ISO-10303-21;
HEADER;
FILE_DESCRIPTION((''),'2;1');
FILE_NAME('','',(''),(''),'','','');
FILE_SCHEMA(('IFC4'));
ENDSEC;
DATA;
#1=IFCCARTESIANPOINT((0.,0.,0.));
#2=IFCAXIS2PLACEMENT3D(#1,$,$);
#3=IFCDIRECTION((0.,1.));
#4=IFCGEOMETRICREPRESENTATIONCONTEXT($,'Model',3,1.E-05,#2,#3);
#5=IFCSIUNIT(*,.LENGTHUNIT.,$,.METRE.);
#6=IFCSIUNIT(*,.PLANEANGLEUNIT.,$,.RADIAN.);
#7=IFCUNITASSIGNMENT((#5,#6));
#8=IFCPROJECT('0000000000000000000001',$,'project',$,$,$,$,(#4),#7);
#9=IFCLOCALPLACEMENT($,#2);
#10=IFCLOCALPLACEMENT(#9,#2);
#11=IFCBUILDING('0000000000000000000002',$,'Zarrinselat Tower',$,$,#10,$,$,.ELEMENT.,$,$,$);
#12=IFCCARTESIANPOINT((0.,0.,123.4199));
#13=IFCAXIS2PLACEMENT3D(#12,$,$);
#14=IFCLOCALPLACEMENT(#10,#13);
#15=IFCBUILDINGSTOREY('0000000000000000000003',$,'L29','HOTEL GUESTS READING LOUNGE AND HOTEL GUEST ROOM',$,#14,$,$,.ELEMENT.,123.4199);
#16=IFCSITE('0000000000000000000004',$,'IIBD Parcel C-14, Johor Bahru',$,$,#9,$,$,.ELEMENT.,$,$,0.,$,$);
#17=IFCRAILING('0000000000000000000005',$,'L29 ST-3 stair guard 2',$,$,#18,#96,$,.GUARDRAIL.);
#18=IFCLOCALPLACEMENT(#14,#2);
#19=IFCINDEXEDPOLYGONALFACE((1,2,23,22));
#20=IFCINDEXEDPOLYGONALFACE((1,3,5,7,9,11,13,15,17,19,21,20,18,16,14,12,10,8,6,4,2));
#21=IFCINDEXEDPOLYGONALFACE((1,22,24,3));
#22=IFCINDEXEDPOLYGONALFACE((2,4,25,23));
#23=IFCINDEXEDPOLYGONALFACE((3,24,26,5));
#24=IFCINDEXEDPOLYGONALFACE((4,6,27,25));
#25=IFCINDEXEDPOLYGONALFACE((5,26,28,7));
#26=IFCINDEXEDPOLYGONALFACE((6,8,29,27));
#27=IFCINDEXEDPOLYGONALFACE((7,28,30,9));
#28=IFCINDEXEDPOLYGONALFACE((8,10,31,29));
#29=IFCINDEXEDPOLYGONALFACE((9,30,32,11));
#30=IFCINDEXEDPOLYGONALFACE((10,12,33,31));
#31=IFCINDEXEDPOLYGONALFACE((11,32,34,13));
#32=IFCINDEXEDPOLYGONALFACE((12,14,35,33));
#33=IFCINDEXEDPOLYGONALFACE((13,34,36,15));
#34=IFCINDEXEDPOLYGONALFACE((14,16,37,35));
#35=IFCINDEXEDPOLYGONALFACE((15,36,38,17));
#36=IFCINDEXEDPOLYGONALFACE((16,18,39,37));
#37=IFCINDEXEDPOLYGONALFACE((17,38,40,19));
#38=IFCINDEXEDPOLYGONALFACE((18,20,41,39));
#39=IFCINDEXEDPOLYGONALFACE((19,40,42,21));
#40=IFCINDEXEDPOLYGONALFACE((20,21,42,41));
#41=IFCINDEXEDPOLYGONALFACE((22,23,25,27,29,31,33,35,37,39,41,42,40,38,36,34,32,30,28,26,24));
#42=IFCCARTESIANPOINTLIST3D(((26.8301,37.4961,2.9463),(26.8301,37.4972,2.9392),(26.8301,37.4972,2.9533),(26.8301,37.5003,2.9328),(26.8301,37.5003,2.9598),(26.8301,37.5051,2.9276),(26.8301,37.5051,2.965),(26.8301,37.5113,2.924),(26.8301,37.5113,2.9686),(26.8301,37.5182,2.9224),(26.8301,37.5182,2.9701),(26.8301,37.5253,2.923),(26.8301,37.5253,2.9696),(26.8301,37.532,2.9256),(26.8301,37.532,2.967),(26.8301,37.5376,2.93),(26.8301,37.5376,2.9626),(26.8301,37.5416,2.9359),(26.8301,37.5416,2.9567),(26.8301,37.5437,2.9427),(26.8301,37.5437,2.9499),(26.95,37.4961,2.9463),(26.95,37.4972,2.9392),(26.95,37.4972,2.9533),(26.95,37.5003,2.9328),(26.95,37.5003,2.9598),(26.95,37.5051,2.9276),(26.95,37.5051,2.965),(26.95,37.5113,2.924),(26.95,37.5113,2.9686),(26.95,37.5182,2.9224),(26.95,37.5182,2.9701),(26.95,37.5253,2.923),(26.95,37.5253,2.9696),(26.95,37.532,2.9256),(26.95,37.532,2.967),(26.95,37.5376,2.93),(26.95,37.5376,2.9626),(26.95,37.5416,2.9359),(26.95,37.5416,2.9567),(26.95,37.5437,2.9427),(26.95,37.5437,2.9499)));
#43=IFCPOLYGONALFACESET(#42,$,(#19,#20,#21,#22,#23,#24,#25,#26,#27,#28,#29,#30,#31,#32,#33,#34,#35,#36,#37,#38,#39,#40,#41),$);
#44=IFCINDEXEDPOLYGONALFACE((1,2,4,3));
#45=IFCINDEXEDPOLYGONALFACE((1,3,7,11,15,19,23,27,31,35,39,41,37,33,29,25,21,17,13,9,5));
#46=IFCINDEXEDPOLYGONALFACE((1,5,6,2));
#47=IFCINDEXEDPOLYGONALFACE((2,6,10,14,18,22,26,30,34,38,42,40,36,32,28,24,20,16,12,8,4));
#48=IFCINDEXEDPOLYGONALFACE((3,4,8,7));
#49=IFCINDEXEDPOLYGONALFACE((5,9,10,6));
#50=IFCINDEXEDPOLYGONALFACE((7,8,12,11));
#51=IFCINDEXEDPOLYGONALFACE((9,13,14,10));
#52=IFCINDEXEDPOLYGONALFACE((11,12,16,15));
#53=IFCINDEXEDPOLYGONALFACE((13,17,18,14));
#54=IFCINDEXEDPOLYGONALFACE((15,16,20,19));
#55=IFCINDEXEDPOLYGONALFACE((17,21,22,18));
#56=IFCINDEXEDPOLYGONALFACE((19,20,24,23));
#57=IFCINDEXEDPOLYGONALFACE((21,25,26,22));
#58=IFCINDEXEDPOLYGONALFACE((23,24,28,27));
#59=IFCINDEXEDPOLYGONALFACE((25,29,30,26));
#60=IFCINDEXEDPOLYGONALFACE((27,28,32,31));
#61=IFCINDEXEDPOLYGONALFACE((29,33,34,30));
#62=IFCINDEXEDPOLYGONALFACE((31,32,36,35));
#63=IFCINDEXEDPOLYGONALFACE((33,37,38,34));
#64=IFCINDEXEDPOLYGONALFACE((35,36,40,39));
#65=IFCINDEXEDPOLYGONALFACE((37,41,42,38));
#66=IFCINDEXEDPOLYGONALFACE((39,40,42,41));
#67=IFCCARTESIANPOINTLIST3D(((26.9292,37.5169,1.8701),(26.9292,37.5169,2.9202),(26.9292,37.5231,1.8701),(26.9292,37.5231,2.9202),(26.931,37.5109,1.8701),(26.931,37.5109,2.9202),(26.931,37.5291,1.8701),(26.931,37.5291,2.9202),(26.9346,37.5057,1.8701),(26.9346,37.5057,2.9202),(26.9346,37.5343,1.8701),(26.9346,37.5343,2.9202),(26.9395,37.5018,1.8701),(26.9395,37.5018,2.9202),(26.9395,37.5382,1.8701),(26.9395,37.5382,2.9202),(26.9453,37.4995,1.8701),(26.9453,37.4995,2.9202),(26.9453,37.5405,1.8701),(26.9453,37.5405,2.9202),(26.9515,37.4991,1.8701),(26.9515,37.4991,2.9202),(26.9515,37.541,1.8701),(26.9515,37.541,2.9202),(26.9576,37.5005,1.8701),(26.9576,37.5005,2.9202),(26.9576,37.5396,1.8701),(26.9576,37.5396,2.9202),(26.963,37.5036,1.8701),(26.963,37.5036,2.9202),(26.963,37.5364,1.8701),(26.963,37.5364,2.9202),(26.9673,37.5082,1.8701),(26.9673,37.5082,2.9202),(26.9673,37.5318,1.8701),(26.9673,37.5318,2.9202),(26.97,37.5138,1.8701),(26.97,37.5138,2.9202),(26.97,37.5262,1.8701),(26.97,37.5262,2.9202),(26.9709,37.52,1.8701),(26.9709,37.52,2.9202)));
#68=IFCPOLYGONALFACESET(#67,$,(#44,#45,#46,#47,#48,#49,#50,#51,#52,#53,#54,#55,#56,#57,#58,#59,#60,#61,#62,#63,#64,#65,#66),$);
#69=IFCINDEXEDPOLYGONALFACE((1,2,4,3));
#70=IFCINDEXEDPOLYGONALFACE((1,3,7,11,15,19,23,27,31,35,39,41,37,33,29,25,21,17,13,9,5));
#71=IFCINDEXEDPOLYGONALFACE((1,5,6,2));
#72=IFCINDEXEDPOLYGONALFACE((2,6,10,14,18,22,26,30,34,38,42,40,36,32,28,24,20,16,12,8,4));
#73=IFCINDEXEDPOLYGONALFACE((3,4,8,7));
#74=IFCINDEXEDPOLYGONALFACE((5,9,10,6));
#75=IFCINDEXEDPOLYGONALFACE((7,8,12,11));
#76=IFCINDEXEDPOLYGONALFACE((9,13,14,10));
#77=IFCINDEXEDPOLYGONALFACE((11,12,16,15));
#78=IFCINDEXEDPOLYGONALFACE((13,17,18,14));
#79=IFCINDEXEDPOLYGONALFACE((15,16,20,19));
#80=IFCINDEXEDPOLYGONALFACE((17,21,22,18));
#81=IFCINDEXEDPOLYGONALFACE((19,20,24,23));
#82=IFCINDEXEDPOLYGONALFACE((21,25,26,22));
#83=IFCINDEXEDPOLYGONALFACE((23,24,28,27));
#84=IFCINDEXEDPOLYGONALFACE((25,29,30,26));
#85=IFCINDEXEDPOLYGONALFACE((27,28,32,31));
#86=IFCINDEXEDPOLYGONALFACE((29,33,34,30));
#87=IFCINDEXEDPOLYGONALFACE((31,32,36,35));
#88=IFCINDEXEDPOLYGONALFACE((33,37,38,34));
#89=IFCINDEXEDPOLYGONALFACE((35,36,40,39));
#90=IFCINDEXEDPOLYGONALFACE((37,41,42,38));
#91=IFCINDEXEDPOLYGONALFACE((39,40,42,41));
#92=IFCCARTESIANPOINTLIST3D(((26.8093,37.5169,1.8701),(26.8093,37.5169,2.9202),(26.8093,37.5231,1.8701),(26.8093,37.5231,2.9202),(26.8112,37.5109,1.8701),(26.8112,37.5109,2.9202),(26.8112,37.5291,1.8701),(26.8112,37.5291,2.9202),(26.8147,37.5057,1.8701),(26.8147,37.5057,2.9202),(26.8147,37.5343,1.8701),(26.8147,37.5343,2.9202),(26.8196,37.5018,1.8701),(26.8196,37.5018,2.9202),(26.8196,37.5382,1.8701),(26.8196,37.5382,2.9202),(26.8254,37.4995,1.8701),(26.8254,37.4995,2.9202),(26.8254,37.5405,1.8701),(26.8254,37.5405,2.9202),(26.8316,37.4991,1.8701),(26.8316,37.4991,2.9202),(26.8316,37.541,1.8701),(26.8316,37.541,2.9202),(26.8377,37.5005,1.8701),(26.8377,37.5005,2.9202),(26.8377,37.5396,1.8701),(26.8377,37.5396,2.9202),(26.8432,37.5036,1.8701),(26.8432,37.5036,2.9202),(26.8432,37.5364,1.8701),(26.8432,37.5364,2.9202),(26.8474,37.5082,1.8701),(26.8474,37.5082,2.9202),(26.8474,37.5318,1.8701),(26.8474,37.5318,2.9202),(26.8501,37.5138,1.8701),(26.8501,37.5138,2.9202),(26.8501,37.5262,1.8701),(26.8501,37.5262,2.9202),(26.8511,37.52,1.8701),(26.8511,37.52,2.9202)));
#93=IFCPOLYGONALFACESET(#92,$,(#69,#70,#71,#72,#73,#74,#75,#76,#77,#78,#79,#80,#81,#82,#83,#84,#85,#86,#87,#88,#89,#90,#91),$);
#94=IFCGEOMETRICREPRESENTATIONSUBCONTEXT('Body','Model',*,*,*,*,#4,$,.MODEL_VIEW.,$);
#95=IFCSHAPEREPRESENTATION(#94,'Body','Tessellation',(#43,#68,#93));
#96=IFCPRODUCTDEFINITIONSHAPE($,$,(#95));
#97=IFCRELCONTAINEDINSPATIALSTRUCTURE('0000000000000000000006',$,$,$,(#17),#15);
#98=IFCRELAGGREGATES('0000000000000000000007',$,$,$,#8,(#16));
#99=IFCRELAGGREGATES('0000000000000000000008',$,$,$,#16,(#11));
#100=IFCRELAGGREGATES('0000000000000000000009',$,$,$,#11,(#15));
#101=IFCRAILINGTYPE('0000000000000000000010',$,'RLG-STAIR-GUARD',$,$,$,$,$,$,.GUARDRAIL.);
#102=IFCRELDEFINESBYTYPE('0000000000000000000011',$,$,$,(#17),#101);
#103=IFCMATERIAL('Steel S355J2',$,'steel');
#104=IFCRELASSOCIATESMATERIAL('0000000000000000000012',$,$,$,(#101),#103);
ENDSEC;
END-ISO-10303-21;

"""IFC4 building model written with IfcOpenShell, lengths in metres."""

from ifc_helpers import new_model, si_unit, direction, frame, origin, origin_2d, place, context, subcontext, project, spatial, circle, extrude, material, type_object, element, save


model = new_model("IFC4")

# Units and contexts
model_context = context("Model", 3, precision=1e-05, world=origin(), true_north=direction((0.0, 1.0)))
body_context = subcontext(model_context, "Body", "Model", "MODEL_VIEW")
ifc_project = project(units=[si_unit("LENGTHUNIT", "METRE"), si_unit("PLANEANGLEUNIT", "RADIAN")], contexts=[model_context])

# Site, building, storey
site_placement = place(None, origin())
site = spatial("IfcSite", under=ifc_project, at=site_placement, Name="IIBD Parcel C-14, Johor Bahru", CompositionType="ELEMENT", RefElevation=0.0)
building_placement = place(site_placement, origin())
building = spatial("IfcBuilding", under=site, at=building_placement, Name="Zarrinselat Tower", CompositionType="ELEMENT")
storey_placement = place(building_placement, frame((0.0, 0.0, 123.4199)))
storey = spatial("IfcBuildingStorey", under=building, at=storey_placement, Name="L29", Description="HOTEL GUESTS READING LOUNGE AND HOTEL GUEST ROOM", CompositionType="ELEMENT", Elevation=123.4199)

# Railing
ifc_material_1 = material(Name="Steel S355J2", Category="steel")
railing_type_1 = type_object("IfcRailingType", Name="RLG-STAIR-GUARD", PredefinedType="GUARDRAIL", material=ifc_material_1)
railing_1_placement = place(storey_placement, frame((26.95, 37.52, 1.8701)))
element("IfcRailing", 1, at=railing_1_placement, inside=storey, type_object=railing_type_1, Name="L29 ST-3 stair guard 2", PredefinedType="GUARDRAIL", context=body_context, shape_type="SweptSolid", body=[
    extrude(circle(Radius=0.0239, at=origin_2d()), frame((0.0, 0.0, 1.0762), z_axis=(-1.0, 0.0, 0.0), x_axis=(0.0, -1.0, 0.0)), (0.0, 0.0, 1.0), 0.1199),
    extrude(circle(Radius=0.021, at=origin_2d()), origin(), (0.0, 0.0, 1.0), 1.05),
    extrude(circle(Radius=0.021, at=origin_2d()), frame((-0.1199, 0.0, 0.0)), (0.0, 0.0, 1.0), 1.05),
])

save(model, "model.ifc")
